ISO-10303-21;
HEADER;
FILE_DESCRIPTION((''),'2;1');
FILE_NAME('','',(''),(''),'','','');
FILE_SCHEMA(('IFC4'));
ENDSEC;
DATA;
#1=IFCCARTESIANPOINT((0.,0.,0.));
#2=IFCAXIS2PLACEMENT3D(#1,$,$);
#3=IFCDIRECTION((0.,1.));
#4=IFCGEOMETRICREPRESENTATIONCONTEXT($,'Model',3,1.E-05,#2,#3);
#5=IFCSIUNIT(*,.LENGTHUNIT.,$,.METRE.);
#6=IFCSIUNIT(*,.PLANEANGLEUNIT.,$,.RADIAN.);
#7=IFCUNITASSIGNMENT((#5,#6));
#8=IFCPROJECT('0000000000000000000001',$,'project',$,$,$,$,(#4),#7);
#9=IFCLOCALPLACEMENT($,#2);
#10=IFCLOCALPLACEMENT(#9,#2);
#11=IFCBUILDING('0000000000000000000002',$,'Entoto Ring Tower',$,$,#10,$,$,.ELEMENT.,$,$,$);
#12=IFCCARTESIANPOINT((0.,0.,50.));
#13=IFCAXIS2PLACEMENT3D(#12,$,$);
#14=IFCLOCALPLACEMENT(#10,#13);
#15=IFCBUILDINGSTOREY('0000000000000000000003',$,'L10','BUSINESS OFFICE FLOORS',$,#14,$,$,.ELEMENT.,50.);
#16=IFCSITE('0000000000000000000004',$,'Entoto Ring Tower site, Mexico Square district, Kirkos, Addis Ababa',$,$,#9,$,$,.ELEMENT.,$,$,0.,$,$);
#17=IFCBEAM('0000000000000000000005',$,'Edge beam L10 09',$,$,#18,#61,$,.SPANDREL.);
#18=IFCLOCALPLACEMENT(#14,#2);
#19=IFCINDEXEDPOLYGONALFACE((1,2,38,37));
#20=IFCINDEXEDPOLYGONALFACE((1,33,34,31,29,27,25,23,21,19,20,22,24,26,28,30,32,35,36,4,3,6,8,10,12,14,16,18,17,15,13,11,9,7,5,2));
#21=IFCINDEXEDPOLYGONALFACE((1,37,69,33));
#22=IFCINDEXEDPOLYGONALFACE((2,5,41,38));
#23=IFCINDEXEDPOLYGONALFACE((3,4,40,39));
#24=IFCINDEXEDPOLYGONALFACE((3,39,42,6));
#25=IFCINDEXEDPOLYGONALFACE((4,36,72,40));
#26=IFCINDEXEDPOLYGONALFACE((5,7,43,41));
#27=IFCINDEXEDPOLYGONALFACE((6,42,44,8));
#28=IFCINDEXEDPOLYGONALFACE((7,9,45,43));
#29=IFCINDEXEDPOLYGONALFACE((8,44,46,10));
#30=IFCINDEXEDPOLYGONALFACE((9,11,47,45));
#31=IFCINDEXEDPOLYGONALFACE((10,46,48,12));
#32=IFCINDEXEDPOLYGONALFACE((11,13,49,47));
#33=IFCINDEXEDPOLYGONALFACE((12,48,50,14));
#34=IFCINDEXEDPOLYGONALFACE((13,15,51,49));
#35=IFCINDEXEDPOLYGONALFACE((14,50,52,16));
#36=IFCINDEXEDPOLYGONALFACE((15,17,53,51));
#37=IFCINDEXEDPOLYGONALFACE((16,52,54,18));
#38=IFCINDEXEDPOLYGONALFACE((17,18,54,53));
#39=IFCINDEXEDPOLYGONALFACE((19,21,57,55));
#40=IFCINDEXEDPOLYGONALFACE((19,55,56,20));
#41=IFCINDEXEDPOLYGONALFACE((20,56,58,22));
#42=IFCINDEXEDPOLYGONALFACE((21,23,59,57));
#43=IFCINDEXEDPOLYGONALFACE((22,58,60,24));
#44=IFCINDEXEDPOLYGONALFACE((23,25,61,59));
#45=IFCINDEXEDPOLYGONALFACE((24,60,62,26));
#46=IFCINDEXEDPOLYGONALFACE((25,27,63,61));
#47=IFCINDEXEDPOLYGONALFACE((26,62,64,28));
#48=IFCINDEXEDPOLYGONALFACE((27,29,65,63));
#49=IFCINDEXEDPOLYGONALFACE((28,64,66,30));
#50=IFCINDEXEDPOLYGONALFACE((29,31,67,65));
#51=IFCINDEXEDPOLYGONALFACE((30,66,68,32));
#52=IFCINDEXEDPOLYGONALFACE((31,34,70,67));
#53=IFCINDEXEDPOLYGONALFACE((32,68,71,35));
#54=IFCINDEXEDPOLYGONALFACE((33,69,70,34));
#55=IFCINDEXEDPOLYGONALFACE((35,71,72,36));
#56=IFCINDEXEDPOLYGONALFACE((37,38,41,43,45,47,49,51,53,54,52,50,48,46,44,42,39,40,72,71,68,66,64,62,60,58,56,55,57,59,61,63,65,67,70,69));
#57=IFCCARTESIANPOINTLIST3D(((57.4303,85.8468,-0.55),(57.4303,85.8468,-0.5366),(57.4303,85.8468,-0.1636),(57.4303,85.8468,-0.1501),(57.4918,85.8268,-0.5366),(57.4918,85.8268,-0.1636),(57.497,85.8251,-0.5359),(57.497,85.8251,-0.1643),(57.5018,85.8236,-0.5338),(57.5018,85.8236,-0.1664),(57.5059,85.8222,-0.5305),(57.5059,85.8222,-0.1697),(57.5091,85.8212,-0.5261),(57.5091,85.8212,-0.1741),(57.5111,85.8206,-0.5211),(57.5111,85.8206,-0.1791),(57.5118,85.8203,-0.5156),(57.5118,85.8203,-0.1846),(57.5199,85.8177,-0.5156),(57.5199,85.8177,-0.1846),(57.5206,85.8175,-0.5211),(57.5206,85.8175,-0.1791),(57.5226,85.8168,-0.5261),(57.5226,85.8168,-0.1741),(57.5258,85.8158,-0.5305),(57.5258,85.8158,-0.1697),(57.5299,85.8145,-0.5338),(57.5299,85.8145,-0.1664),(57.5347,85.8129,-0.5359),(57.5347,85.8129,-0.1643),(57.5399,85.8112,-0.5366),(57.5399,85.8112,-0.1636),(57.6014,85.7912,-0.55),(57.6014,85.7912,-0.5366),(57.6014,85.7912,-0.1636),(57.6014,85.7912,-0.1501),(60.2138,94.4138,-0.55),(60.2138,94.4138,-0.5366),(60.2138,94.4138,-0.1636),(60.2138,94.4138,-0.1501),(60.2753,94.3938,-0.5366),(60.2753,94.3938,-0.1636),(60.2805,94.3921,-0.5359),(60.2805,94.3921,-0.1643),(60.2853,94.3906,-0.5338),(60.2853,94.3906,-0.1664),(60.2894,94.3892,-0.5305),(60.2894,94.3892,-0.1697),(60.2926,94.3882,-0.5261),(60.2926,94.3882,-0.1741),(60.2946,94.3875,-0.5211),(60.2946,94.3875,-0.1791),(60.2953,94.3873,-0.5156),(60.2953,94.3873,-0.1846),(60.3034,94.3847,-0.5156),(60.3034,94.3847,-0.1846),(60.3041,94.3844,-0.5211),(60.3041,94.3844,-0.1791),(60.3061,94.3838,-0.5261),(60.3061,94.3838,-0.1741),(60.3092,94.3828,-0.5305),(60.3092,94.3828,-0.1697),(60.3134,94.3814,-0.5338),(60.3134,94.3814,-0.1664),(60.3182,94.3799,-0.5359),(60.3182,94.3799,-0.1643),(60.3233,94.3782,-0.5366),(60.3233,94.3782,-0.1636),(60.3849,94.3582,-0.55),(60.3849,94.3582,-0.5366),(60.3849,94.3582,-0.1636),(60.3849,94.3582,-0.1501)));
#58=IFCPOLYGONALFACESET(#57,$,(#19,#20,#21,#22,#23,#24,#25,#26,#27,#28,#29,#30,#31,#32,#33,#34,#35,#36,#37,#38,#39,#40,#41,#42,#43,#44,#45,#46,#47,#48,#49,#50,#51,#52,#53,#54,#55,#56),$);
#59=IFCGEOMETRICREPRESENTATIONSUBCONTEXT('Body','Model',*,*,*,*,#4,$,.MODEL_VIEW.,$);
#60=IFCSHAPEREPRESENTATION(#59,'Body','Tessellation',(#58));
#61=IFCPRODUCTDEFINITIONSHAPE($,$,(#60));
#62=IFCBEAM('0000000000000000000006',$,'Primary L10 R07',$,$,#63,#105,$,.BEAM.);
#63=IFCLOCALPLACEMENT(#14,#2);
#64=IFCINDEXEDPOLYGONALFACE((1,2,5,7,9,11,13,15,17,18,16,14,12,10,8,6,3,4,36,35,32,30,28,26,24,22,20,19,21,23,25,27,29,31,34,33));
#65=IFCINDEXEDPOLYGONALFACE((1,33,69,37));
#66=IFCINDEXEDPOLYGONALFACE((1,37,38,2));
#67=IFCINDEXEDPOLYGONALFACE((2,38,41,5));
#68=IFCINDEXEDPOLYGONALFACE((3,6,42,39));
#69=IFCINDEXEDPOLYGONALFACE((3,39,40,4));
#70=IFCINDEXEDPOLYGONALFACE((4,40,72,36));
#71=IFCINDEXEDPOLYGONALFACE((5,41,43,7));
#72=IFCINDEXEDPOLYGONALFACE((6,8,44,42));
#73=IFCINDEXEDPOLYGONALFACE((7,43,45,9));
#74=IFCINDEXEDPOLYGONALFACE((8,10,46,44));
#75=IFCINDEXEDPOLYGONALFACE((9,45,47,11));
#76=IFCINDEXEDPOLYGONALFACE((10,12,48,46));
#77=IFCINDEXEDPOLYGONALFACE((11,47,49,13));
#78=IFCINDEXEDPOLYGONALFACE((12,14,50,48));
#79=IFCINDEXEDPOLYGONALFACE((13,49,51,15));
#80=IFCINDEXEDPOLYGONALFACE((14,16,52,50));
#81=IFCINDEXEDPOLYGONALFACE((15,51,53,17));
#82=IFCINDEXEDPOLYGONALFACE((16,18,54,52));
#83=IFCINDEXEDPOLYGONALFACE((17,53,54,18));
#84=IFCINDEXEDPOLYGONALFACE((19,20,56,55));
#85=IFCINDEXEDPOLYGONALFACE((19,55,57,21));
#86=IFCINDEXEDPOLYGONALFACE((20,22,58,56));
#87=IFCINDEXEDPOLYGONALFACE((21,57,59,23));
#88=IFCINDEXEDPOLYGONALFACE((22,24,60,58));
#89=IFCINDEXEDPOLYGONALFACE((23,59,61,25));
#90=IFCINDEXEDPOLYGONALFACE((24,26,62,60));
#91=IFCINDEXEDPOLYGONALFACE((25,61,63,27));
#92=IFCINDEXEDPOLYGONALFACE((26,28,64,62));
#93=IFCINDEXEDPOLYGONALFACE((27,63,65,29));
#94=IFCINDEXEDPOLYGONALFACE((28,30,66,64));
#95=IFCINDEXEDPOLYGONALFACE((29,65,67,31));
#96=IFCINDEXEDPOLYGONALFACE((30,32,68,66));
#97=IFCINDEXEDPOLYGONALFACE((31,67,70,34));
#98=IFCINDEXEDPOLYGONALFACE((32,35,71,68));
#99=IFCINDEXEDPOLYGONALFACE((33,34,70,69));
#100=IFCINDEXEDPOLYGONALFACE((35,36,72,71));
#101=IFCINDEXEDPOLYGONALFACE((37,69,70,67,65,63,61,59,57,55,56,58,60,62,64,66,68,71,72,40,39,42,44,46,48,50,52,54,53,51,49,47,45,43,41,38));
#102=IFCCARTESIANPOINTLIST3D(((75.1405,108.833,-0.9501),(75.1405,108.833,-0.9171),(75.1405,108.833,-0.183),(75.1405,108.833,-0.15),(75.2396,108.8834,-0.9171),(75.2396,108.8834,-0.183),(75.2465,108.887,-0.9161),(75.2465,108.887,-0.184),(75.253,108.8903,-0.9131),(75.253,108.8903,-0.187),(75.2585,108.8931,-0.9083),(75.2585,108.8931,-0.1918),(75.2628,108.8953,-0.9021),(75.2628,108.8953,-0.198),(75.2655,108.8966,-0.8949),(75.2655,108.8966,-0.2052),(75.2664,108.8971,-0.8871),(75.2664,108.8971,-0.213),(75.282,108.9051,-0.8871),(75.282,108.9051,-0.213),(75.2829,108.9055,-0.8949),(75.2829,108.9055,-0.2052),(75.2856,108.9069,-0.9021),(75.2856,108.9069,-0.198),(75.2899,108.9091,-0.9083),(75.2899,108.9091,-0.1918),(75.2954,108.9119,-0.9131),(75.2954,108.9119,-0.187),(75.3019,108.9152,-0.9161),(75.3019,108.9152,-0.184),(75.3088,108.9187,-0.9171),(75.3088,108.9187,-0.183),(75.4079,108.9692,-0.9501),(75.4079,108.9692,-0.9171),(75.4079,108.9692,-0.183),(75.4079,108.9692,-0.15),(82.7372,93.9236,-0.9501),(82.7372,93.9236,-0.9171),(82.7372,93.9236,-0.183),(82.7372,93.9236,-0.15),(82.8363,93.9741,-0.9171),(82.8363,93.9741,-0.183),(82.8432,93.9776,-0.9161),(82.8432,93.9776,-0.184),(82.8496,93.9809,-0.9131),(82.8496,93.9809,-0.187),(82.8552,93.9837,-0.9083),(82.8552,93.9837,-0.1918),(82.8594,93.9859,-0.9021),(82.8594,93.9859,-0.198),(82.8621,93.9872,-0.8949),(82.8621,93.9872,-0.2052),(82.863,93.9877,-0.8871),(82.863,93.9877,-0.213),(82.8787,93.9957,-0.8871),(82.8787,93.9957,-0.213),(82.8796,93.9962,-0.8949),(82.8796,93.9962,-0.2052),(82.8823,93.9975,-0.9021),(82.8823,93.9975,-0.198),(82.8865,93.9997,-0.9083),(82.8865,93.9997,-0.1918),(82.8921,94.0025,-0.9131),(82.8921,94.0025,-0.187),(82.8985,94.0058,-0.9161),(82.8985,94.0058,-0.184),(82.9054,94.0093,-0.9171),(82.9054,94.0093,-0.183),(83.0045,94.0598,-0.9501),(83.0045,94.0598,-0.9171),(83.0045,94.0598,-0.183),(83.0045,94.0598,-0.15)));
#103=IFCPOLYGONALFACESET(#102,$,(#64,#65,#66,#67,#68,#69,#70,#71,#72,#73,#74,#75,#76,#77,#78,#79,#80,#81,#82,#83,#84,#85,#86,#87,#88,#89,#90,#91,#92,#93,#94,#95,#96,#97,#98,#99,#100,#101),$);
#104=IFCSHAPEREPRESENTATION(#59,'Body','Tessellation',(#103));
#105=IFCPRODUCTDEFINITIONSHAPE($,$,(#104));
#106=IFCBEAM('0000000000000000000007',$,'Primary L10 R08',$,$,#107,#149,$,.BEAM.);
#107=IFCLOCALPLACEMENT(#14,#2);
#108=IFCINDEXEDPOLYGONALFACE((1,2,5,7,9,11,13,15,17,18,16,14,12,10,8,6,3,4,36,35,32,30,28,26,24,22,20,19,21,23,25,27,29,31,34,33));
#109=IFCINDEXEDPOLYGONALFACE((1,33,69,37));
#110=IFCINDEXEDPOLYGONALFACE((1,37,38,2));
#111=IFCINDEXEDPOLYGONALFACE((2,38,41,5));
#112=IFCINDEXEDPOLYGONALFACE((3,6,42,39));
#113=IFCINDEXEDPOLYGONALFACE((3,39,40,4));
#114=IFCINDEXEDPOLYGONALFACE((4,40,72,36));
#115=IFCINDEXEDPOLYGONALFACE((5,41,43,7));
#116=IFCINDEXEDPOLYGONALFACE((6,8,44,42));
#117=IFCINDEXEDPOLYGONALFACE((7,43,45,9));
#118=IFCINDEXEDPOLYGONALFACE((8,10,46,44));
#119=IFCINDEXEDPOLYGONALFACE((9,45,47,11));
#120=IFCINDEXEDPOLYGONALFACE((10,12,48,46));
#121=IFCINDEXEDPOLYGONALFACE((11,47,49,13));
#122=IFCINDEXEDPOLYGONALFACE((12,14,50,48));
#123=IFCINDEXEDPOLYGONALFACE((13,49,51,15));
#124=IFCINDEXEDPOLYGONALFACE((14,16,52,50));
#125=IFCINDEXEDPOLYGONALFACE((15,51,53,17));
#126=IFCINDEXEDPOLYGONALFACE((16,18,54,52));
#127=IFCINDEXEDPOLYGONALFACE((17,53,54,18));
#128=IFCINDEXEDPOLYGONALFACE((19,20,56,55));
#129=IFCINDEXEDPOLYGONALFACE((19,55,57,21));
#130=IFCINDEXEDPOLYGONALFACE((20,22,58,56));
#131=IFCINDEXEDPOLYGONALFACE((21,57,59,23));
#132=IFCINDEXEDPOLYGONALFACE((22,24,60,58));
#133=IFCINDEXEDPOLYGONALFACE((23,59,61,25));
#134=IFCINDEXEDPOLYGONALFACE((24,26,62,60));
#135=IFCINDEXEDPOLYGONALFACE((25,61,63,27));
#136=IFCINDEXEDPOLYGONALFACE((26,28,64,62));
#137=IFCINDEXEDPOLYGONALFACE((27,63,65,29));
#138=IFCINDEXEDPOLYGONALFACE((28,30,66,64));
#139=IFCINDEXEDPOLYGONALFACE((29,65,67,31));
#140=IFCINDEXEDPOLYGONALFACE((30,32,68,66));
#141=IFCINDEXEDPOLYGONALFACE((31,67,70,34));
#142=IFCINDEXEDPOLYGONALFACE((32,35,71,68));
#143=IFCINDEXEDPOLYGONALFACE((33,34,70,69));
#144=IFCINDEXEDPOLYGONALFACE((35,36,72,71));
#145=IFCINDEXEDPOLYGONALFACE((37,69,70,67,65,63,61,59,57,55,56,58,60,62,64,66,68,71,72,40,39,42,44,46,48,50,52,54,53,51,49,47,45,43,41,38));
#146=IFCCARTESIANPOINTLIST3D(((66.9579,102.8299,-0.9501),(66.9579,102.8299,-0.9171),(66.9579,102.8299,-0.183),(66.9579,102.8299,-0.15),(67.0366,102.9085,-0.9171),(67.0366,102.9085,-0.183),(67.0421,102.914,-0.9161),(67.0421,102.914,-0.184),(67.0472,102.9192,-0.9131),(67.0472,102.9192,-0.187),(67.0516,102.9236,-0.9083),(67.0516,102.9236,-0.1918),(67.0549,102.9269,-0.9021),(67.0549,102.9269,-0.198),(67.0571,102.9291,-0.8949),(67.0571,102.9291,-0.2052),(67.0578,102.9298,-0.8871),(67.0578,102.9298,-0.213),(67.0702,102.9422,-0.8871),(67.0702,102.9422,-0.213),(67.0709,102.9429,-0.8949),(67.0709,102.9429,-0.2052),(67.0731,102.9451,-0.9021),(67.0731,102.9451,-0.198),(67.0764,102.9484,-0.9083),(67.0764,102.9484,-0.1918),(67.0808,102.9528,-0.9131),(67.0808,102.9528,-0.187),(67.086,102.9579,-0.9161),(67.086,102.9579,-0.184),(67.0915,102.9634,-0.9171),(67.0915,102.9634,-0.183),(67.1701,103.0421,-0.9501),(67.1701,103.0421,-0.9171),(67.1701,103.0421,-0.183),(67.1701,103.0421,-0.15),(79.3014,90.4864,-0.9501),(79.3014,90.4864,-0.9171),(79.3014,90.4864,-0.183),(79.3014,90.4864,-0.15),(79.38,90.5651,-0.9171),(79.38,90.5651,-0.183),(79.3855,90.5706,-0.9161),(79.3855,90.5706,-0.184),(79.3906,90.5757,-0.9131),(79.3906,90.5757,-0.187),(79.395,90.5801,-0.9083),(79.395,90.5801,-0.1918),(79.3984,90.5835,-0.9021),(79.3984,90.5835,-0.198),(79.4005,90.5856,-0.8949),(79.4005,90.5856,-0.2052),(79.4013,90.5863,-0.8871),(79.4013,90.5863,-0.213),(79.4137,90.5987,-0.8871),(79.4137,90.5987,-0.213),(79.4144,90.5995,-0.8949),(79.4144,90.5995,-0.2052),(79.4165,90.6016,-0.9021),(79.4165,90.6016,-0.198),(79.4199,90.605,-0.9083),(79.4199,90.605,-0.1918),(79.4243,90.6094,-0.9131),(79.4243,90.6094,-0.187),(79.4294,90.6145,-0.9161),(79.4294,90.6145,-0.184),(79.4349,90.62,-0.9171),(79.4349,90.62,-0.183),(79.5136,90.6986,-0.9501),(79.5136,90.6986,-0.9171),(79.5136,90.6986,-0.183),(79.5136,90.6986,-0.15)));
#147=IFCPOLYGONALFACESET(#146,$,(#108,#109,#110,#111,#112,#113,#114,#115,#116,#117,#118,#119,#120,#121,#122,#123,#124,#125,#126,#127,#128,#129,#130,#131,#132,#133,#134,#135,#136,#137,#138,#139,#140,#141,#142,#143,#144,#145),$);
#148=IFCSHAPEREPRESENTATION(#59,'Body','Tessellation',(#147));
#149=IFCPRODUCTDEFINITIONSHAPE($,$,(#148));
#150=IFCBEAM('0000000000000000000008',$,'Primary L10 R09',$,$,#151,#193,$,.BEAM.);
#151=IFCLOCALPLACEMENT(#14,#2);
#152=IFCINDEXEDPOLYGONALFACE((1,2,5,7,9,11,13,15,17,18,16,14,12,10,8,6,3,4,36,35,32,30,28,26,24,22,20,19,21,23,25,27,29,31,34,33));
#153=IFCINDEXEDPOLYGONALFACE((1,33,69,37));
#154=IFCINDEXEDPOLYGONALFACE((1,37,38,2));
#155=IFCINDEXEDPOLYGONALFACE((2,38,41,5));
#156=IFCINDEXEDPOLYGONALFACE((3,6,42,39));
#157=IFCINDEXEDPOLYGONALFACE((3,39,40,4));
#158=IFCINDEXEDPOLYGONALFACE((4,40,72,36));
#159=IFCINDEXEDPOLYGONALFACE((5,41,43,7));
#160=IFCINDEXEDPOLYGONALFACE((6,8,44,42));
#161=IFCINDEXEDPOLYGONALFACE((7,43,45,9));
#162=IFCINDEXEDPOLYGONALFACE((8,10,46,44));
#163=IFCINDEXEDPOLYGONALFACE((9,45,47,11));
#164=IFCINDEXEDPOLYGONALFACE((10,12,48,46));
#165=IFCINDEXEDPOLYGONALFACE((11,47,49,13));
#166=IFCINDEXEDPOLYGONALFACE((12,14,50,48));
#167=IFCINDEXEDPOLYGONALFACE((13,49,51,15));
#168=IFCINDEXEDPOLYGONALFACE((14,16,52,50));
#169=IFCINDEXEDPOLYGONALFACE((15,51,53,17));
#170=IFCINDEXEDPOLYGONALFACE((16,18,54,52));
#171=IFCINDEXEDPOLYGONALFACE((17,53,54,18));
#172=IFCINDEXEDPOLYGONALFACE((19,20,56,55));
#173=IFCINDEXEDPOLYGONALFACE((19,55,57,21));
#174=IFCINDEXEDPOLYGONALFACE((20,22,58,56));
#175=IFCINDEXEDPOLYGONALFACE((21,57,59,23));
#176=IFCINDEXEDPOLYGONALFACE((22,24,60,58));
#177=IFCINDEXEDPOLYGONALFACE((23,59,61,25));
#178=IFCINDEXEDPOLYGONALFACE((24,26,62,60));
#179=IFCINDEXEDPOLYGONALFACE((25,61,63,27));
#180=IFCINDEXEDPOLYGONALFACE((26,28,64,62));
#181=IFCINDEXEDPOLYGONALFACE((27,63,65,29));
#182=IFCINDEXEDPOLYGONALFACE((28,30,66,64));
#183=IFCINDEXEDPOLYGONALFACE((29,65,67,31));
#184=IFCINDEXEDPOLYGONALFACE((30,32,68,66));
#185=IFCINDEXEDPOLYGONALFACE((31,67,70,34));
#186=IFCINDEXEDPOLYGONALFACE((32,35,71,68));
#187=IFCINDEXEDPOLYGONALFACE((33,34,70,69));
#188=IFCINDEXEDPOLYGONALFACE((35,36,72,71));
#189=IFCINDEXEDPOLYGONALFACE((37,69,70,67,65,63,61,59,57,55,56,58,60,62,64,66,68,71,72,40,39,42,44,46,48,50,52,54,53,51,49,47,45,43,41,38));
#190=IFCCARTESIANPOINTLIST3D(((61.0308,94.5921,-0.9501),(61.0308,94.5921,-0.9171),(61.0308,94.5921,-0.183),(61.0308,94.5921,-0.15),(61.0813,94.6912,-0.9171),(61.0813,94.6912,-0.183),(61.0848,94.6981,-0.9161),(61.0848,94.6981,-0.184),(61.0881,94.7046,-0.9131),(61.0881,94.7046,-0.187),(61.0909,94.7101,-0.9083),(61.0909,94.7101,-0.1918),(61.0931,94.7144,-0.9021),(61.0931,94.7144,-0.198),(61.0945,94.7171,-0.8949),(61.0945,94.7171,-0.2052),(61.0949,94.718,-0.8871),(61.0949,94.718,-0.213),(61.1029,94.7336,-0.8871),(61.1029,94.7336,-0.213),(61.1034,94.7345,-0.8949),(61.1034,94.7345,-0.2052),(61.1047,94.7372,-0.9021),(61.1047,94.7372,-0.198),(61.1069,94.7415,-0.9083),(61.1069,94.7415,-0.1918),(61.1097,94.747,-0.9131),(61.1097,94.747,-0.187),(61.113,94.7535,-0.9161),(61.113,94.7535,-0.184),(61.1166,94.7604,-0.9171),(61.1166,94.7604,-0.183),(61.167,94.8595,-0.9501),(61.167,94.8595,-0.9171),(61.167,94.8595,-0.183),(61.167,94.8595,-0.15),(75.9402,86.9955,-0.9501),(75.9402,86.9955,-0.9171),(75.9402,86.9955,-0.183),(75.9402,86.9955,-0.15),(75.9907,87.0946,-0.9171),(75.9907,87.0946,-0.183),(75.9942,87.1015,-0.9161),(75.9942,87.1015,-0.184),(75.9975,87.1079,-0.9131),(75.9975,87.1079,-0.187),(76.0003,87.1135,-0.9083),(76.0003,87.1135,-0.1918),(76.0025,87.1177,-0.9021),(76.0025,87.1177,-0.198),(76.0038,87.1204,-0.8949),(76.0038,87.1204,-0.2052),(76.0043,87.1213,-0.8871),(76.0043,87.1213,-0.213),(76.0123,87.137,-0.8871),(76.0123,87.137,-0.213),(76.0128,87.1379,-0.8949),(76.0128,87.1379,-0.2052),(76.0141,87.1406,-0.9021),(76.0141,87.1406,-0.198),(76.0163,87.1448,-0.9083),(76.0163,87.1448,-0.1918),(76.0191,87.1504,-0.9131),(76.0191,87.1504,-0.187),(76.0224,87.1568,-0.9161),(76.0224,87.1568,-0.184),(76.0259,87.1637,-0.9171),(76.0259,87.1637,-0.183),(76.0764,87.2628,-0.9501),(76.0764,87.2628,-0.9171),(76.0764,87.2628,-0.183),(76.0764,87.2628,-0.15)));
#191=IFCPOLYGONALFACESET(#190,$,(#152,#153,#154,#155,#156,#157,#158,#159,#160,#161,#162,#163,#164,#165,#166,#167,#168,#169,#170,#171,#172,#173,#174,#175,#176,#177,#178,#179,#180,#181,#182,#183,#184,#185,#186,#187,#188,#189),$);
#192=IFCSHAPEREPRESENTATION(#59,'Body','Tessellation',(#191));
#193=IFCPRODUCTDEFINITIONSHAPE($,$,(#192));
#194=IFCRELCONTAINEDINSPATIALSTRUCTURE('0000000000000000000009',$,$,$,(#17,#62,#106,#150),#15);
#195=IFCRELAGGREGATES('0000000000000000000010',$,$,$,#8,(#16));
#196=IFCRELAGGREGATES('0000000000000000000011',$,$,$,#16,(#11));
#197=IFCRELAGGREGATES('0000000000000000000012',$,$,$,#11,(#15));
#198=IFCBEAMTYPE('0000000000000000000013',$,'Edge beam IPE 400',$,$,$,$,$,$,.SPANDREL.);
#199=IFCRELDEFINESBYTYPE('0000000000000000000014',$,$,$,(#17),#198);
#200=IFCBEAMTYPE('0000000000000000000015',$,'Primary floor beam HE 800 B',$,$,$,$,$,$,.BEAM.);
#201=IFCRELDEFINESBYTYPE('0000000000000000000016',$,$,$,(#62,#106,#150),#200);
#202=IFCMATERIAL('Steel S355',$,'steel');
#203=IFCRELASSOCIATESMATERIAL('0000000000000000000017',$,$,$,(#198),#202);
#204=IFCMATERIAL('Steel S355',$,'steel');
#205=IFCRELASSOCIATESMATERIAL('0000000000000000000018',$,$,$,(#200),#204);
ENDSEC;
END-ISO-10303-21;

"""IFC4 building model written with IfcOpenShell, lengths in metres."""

from ifc_helpers import new_model, si_unit, direction, frame, origin, origin_2d, place, context, subcontext, project, spatial, i_section, extrude, material, material_profile, profile_set, type_object, element, save


model = new_model("IFC4")

# Units and contexts
model_context = context("Model", 3, precision=1e-05, world=origin(), true_north=direction((0.0, 1.0)))
body_context = subcontext(model_context, "Body", "Model", "MODEL_VIEW")
ifc_project = project(units=[si_unit("LENGTHUNIT", "METRE"), si_unit("PLANEANGLEUNIT", "RADIAN")], contexts=[model_context])

# Site, building, storey
site_placement = place(None, origin())
site = spatial("IfcSite", under=ifc_project, at=site_placement, Name="Entoto Ring Tower site, Mexico Square district, Kirkos, Addis Ababa", CompositionType="ELEMENT", RefElevation=0.0)
building_placement = place(site_placement, origin())
building = spatial("IfcBuilding", under=site, at=building_placement, Name="Entoto Ring Tower", CompositionType="ELEMENT")
storey_placement = place(building_placement, frame((0.0, 0.0, 50.0)))
storey = spatial("IfcBuildingStorey", under=building, at=storey_placement, Name="L10", Description="BUSINESS OFFICE FLOORS", CompositionType="ELEMENT", Elevation=50.0)

# Beams
ifc_material_1 = material(Name="Steel S355", Category="steel")
ifc_material_profile_1 = material_profile(ifc_material_1, i_section(OverallWidth=0.1799, OverallDepth=0.3999, WebThickness=0.0085, FlangeThickness=0.0134, FilletRadius=0.021, at=origin_2d()), Name="IPE 400")
ifc_profile_set_1 = profile_set([ifc_material_profile_1], Name="Steel S355")
beam_type_1 = type_object("IfcBeamType", Name="Edge beam IPE 400", PredefinedType="SPANDREL", material=ifc_profile_set_1)
for number, where, z_axis, x_axis, name in (
    (1, (60.2993, 94.386, -0.3501), (-0.309006, -0.95106, 0.0), (0.95106, -0.309006, 0.0), "Edge beam L10 09"),
):
    element("IfcBeam", number, at=place(storey_placement, frame(where, z_axis=z_axis, x_axis=x_axis)), inside=storey, type_object=beam_type_1, Name=name, PredefinedType="SPANDREL", context=body_context, shape_type="SweptSolid", body=[
        extrude(i_section(OverallWidth=0.1799, OverallDepth=0.3999, WebThickness=0.0085, FlangeThickness=0.0134, FilletRadius=0.021, at=origin_2d()), origin(), (0.0, 0.0, 1.0), 9.0078),
    ])
ifc_material_2 = material(Name="Steel S355", Category="steel")
ifc_material_profile_2 = material_profile(ifc_material_2, i_section(OverallWidth=0.3, OverallDepth=0.8, WebThickness=0.0176, FlangeThickness=0.033, FilletRadius=0.03, at=origin_2d()), Name="HE 800 B")
ifc_profile_set_2 = profile_set([ifc_material_profile_2], Name="Steel S355")
beam_type_2 = type_object("IfcBeamType", Name="Primary floor beam HE 800 B", PredefinedType="BEAM", material=ifc_profile_set_2)
beam_1_placement = place(storey_placement, frame((82.8708, 93.9917, -0.55), z_axis=(-0.453988, 0.891008, 0.0), x_axis=(-0.891008, -0.453988, 0.0)))
element("IfcBeam", 2, at=beam_1_placement, inside=storey, type_object=beam_type_2, Name="Primary L10 R07", PredefinedType="BEAM", context=body_context, shape_type="SweptSolid", body=[
    extrude(i_section(OverallWidth=0.3, OverallDepth=0.8, WebThickness=0.0176, FlangeThickness=0.033, FilletRadius=0.03, at=origin_2d()), origin(), (0.0, 0.0, 1.0), 16.7332),
])
beam_2_placement = place(storey_placement, frame((79.4075, 90.5925, -0.55), z_axis=(-0.707107, 0.707107, 0.0), x_axis=(-0.707107, -0.707107, 0.0)))
element("IfcBeam", 3, at=beam_2_placement, inside=storey, type_object=beam_type_2, Name="Primary L10 R08", PredefinedType="BEAM", context=body_context, shape_type="SweptSolid", body=[
    extrude(i_section(OverallWidth=0.3, OverallDepth=0.8, WebThickness=0.0176, FlangeThickness=0.033, FilletRadius=0.03, at=origin_2d()), origin(), (0.0, 0.0, 1.0), 17.4563),
])
beam_3_placement = place(storey_placement, frame((76.0083, 87.1292, -0.55), z_axis=(-0.891008, 0.453988, 0.0), x_axis=(-0.453988, -0.891008, 0.0)))
element("IfcBeam", 4, at=beam_3_placement, inside=storey, type_object=beam_type_2, Name="Primary L10 R09", PredefinedType="BEAM", context=body_context, shape_type="SweptSolid", body=[
    extrude(i_section(OverallWidth=0.3, OverallDepth=0.8, WebThickness=0.0176, FlangeThickness=0.033, FilletRadius=0.03, at=origin_2d()), origin(), (0.0, 0.0, 1.0), 16.7332),
])

save(model, "model.ifc")
